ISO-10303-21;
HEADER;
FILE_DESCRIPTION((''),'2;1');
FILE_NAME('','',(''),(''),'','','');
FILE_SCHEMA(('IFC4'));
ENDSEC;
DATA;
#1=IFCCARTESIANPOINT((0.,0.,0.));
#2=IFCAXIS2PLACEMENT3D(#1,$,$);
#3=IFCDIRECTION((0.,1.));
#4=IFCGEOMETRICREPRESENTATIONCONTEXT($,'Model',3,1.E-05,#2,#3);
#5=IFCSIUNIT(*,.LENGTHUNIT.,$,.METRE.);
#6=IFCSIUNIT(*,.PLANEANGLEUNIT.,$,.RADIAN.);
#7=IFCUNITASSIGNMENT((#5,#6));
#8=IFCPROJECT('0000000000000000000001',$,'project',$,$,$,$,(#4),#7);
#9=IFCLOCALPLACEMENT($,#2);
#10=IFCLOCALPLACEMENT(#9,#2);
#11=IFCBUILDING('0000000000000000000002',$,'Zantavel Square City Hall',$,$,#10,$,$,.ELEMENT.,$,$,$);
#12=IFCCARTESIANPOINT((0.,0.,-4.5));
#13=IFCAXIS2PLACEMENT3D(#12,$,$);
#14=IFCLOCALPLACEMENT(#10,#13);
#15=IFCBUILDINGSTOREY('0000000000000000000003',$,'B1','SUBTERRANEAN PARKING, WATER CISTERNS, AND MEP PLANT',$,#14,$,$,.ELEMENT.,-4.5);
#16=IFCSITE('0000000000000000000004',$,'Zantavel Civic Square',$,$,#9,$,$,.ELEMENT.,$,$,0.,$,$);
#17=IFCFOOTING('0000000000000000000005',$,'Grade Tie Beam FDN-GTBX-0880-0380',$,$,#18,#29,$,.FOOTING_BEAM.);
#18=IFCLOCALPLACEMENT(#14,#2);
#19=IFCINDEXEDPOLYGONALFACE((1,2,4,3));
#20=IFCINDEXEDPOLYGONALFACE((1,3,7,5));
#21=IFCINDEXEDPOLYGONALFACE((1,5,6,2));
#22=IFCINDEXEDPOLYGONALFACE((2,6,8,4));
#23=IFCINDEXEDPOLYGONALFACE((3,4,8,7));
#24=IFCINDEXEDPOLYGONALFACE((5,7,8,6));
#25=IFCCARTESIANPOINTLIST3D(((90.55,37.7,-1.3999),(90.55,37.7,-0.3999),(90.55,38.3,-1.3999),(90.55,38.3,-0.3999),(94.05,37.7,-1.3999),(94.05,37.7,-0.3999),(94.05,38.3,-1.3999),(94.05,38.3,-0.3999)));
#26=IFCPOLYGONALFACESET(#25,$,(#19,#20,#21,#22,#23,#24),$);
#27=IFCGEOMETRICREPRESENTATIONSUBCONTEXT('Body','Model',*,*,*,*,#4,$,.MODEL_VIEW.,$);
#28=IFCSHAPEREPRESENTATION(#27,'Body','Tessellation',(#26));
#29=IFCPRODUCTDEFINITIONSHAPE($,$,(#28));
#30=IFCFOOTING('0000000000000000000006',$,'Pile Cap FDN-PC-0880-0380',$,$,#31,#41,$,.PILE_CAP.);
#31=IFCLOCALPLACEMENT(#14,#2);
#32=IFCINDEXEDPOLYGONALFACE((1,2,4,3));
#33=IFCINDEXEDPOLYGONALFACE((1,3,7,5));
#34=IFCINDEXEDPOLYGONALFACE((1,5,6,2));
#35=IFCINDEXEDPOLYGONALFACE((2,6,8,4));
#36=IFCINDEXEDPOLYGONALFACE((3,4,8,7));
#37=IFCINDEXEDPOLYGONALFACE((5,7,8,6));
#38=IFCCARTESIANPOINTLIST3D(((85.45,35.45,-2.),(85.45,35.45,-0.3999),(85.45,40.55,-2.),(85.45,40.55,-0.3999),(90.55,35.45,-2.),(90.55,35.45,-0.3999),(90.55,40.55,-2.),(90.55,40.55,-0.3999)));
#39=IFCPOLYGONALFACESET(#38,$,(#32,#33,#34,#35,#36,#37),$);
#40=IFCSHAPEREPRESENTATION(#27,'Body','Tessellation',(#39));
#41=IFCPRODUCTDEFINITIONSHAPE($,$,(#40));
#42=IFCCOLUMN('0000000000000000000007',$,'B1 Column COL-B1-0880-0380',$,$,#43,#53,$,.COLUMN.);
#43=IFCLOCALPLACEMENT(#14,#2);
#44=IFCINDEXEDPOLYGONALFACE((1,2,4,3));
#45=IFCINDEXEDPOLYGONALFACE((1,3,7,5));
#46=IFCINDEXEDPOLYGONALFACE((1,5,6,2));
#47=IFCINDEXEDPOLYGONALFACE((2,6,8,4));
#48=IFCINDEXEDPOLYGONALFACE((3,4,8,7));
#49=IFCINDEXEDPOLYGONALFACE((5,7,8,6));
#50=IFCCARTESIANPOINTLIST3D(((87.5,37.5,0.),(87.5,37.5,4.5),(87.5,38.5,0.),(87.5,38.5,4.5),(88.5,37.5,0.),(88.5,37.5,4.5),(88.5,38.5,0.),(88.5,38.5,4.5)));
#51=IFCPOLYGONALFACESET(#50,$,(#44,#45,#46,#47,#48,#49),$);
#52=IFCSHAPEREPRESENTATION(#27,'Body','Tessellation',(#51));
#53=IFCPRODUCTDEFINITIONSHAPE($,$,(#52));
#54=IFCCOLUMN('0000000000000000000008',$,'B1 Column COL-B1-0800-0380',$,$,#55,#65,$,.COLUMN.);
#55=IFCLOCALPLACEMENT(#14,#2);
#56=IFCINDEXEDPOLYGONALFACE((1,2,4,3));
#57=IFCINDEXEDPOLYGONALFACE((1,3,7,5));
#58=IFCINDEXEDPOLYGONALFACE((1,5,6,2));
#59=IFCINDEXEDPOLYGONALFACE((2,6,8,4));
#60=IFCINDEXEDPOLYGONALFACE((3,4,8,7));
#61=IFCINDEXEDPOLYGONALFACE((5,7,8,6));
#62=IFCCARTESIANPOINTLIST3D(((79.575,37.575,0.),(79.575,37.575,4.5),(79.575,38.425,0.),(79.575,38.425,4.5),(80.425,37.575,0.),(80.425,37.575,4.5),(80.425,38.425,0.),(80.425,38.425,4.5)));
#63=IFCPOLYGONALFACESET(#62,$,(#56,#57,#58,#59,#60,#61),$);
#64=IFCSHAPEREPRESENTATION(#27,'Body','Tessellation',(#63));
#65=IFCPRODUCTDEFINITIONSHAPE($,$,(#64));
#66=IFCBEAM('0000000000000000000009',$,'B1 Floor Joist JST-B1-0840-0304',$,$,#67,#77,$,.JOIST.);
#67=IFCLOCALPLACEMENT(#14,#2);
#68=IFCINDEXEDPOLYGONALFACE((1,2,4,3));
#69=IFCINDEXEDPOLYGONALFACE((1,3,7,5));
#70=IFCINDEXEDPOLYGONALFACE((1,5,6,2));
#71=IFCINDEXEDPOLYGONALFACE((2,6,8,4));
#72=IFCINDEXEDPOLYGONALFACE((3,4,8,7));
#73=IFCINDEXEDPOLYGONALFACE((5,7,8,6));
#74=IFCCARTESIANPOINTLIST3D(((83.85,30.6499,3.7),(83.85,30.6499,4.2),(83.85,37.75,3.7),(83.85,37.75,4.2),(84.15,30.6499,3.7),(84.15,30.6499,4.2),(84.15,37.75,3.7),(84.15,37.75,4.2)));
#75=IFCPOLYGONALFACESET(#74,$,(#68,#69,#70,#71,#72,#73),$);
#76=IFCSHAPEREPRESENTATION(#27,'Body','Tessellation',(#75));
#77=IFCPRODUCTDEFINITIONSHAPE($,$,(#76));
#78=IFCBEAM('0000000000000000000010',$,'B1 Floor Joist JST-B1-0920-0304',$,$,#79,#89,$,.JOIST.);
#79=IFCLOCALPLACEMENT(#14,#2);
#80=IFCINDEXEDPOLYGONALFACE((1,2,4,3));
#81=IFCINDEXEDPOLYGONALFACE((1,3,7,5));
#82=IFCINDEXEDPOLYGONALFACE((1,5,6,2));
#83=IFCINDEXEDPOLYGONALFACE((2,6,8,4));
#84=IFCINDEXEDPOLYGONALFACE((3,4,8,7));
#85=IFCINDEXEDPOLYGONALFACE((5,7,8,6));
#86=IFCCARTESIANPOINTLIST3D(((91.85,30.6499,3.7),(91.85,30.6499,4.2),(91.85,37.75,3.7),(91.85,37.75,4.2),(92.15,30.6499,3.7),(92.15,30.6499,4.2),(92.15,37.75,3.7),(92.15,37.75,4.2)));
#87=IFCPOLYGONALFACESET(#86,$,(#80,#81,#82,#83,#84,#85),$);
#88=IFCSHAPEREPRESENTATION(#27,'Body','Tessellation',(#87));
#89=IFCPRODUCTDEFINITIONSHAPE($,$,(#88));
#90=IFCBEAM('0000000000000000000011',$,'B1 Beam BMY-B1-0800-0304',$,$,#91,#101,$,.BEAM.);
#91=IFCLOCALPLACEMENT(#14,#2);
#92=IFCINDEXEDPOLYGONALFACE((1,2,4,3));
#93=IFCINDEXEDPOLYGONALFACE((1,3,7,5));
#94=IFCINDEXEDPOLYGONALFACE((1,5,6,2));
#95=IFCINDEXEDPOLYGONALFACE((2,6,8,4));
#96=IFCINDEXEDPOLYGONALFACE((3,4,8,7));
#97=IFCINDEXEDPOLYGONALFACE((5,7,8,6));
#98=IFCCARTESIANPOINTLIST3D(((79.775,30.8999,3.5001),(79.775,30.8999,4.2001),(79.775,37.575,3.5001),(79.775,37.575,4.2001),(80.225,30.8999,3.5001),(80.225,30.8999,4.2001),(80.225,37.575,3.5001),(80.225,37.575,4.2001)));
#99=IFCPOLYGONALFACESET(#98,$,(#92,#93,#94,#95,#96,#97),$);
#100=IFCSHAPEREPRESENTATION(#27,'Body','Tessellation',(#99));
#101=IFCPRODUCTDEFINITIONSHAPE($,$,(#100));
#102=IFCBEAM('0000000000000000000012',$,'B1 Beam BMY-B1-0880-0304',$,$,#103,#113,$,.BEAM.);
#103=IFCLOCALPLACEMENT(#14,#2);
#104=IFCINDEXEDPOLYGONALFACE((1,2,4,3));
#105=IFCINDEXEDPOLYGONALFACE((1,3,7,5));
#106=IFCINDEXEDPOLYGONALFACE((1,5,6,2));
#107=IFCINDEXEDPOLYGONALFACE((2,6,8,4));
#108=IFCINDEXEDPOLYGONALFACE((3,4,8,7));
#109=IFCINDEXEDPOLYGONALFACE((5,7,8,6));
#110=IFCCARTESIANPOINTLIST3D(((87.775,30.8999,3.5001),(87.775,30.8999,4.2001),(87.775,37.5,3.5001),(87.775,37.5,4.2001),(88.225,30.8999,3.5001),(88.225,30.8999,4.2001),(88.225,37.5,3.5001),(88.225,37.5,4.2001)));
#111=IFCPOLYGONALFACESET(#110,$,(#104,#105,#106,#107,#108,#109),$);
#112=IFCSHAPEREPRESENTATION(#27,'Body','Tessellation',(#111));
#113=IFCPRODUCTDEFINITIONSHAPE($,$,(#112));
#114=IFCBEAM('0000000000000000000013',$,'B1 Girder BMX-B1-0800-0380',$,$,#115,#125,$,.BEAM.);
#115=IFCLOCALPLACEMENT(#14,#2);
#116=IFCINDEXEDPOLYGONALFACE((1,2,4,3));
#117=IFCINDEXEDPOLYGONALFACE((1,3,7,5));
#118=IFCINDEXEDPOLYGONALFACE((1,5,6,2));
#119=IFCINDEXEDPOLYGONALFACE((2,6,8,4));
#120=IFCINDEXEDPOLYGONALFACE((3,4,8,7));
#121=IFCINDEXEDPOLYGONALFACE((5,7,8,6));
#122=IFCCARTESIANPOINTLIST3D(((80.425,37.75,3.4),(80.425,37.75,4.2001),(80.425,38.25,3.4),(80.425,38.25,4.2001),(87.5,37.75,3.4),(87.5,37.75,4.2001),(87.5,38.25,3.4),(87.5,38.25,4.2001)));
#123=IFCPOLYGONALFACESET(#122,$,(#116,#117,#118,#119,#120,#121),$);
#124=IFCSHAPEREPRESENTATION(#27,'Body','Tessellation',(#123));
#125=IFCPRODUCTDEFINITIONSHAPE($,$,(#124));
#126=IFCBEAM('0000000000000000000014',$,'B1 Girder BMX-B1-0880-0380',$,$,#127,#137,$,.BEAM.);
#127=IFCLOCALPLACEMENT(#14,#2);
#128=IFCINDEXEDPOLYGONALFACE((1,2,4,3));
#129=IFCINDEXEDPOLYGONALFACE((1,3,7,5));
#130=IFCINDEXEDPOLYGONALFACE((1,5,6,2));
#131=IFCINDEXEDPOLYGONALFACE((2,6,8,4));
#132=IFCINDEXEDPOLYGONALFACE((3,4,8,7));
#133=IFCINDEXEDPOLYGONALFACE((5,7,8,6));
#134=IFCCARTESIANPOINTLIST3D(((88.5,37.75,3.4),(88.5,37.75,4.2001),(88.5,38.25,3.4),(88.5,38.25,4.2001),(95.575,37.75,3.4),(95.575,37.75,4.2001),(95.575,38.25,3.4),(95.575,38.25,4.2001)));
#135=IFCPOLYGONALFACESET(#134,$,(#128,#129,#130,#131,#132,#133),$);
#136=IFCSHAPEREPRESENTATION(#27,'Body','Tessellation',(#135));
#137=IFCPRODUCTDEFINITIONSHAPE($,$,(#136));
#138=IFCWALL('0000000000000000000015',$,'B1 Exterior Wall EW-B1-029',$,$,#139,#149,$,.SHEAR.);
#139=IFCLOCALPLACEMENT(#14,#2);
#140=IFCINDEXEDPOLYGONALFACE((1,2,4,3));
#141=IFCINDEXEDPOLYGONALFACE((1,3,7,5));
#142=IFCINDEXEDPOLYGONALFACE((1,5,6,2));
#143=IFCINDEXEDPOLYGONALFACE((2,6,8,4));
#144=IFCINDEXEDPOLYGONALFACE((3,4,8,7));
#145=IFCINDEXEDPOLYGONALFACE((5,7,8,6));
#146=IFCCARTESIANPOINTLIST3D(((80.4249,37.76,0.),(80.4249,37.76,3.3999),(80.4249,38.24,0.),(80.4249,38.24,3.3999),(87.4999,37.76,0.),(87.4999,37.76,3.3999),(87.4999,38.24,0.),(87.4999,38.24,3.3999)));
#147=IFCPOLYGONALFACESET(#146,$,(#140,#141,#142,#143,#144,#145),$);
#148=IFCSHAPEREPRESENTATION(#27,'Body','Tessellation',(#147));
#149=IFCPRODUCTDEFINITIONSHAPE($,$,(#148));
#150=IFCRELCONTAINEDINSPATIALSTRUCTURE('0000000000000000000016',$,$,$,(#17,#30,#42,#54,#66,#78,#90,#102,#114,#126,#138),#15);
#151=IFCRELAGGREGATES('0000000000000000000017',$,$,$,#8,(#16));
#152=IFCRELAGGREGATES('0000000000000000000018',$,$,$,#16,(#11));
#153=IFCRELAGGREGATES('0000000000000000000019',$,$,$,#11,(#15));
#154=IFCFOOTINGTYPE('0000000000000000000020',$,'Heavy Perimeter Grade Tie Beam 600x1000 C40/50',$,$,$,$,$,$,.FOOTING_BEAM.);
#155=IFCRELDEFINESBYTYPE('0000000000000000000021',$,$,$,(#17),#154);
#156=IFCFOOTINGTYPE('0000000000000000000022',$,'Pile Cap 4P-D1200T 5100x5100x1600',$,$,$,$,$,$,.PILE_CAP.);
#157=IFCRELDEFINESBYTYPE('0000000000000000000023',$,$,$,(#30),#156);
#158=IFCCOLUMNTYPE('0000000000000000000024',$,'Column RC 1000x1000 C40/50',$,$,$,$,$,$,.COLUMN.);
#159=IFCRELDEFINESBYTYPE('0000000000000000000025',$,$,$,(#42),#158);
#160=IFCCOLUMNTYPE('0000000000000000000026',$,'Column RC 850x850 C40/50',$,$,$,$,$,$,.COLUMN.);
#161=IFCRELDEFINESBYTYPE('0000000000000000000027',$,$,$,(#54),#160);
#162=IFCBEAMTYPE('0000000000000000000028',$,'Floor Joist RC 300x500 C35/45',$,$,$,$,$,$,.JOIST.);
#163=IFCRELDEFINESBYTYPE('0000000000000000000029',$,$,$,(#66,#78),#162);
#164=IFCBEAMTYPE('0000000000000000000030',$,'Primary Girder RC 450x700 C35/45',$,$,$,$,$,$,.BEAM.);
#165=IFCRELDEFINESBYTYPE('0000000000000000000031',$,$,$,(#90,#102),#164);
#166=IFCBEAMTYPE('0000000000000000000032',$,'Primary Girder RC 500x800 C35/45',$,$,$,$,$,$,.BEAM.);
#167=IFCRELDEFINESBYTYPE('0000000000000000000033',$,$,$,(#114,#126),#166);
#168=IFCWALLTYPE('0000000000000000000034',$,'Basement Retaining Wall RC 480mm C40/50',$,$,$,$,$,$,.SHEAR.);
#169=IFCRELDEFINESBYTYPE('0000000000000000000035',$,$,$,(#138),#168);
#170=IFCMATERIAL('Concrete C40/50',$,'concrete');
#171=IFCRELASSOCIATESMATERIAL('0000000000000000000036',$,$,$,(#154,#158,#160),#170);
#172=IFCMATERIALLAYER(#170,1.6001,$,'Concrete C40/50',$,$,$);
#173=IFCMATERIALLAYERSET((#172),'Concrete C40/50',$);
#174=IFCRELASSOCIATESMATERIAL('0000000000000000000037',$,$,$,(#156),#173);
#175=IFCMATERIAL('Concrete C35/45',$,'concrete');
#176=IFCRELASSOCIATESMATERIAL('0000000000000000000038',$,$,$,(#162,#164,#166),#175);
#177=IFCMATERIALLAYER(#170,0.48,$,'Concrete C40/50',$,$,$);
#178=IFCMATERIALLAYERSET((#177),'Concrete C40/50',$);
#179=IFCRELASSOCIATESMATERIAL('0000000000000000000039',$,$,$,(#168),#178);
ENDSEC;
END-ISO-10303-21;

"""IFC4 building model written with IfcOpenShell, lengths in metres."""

from ifc_helpers import new_model, si_unit, direction, frame, frame_2d, origin, origin_2d, place, context, subcontext, project, spatial, rectangle, extrude, material, layer, layer_set, material_profile, profile_set, type_object, element, save


model = new_model("IFC4")

# Units and contexts
model_context = context("Model", 3, precision=1e-05, world=origin(), true_north=direction((0.0, 1.0)))
body_context = subcontext(model_context, "Body", "Model", "MODEL_VIEW")
ifc_project = project(units=[si_unit("LENGTHUNIT", "METRE"), si_unit("PLANEANGLEUNIT", "RADIAN")], contexts=[model_context])

# Site, building, storey
site_placement = place(None, origin())
site = spatial("IfcSite", under=ifc_project, at=site_placement, Name="Zantavel Civic Square", CompositionType="ELEMENT", RefElevation=0.0)
building_placement = place(site_placement, origin())
building = spatial("IfcBuilding", under=site, at=building_placement, Name="Zantavel Square City Hall", CompositionType="ELEMENT")
storey_placement = place(building_placement, frame((0.0, 0.0, -4.5)))
storey = spatial("IfcBuildingStorey", under=building, at=storey_placement, Name="B1", Description="SUBTERRANEAN PARKING, WATER CISTERNS, AND MEP PLANT", CompositionType="ELEMENT", Elevation=-4.5)

# Shared definitions
ifc_material_1 = material(Name="Concrete C35/45", Category="concrete")

# Footings
ifc_material_2 = material(Name="Concrete C40/50", Category="concrete")
ifc_material_profile_1 = material_profile(ifc_material_2, rectangle(XDim=0.6001, YDim=1.0, at=origin_2d()), Name="RC 600x1000")
ifc_profile_set_1 = profile_set([ifc_material_profile_1], Name="Concrete C40/50")
footing_type_1 = type_object("IfcFootingType", Name="Heavy Perimeter Grade Tie Beam 600x1000 C40/50", PredefinedType="FOOTING_BEAM", material=ifc_profile_set_1)
for number, where, z_axis, x_axis, name in (
    (1, (90.55, 38.0, -0.8999), (1.0, 0.0, 0.0), (0.0, 1.0, 0.0), "Grade Tie Beam FDN-GTBX-0880-0380"),
):
    element("IfcFooting", number, at=place(storey_placement, frame(where, z_axis=z_axis, x_axis=x_axis)), inside=storey, type_object=footing_type_1, Name=name, PredefinedType="FOOTING_BEAM", context=body_context, shape_type="SweptSolid", body=[
        extrude(rectangle(XDim=0.6001, YDim=1.0, at=origin_2d()), origin(), (0.0, 0.0, 1.0), 3.5),
    ])
ifc_layer_1 = layer(ifc_material_2, 1.6001, Name="Concrete C40/50")
ifc_layer_set_1 = layer_set([ifc_layer_1], Name="Concrete C40/50")
footing_type_2 = type_object("IfcFootingType", Name="Pile Cap 4P-D1200T 5100x5100x1600", PredefinedType="PILE_CAP", material=ifc_layer_set_1)
footing_1_placement = place(storey_placement, frame((88.0, 38.0, -2.0), z_axis=(0.0, 0.0, 1.0), x_axis=(1.0, 0.0, 0.0)))
element("IfcFooting", 2, at=footing_1_placement, inside=storey, type_object=footing_type_2, Name="Pile Cap FDN-PC-0880-0380", PredefinedType="PILE_CAP", context=body_context, shape_type="SweptSolid", body=[
    extrude(rectangle(XDim=5.1001, YDim=5.1001, at=origin_2d()), origin(), (0.0, 0.0, 1.0), 1.6001),
])

# Columns
ifc_material_profile_2 = material_profile(ifc_material_2, rectangle(XDim=1.0, YDim=1.0, at=origin_2d()), Name="RC 1000x1000")
ifc_profile_set_2 = profile_set([ifc_material_profile_2], Name="Concrete C40/50")
column_type_1 = type_object("IfcColumnType", Name="Column RC 1000x1000 C40/50", PredefinedType="COLUMN", material=ifc_profile_set_2)
column_1_placement = place(storey_placement, frame((88.0, 38.0, 0.0), z_axis=(0.0, 0.0, 1.0), x_axis=(1.0, 0.0, 0.0)))
element("IfcColumn", 3, at=column_1_placement, inside=storey, type_object=column_type_1, Name="B1 Column COL-B1-0880-0380", PredefinedType="COLUMN", context=body_context, shape_type="SweptSolid", body=[
    extrude(rectangle(XDim=1.0, YDim=1.0, at=origin_2d()), origin(), (0.0, 0.0, 1.0), 4.5),
])
ifc_material_profile_3 = material_profile(ifc_material_2, rectangle(XDim=0.8501, YDim=0.8501, at=origin_2d()), Name="RC 850x850")
ifc_profile_set_3 = profile_set([ifc_material_profile_3], Name="Concrete C40/50")
column_type_2 = type_object("IfcColumnType", Name="Column RC 850x850 C40/50", PredefinedType="COLUMN", material=ifc_profile_set_3)
column_2_placement = place(storey_placement, frame((80.0, 38.0, 0.0), z_axis=(0.0, 0.0, 1.0), x_axis=(1.0, 0.0, 0.0)))
element("IfcColumn", 4, at=column_2_placement, inside=storey, type_object=column_type_2, Name="B1 Column COL-B1-0800-0380", PredefinedType="COLUMN", context=body_context, shape_type="SweptSolid", body=[
    extrude(rectangle(XDim=0.8501, YDim=0.8501, at=origin_2d()), origin(), (0.0, 0.0, 1.0), 4.5),
])

# Beams
ifc_material_profile_4 = material_profile(ifc_material_1, rectangle(XDim=0.3, YDim=0.5, at=origin_2d()), Name="RC 300x500")
ifc_profile_set_4 = profile_set([ifc_material_profile_4], Name="Concrete C35/45")
beam_type_1 = type_object("IfcBeamType", Name="Floor Joist RC 300x500 C35/45", PredefinedType="JOIST", material=ifc_profile_set_4)
for number, where, z_axis, x_axis, name in (
    (5, (84.0, 30.6499, 3.95), (0.0, 1.0, 0.0), (-1.0, 0.0, 0.0), "B1 Floor Joist JST-B1-0840-0304"),
    (6, (92.0, 30.6499, 3.95), (0.0, 1.0, 0.0), (-1.0, 0.0, 0.0), "B1 Floor Joist JST-B1-0920-0304"),
):
    element("IfcBeam", number, at=place(storey_placement, frame(where, z_axis=z_axis, x_axis=x_axis)), inside=storey, type_object=beam_type_1, Name=name, PredefinedType="JOIST", context=body_context, shape_type="SweptSolid", body=[
        extrude(rectangle(XDim=0.3, YDim=0.5, at=origin_2d()), origin(), (0.0, 0.0, 1.0), 7.1001),
    ])
ifc_material_profile_5 = material_profile(ifc_material_1, rectangle(XDim=0.45, YDim=0.7, at=origin_2d()), Name="RC 450x700")
ifc_profile_set_5 = profile_set([ifc_material_profile_5], Name="Concrete C35/45")
beam_type_2 = type_object("IfcBeamType", Name="Primary Girder RC 450x700 C35/45", PredefinedType="BEAM", material=ifc_profile_set_5)
beam_1_placement = place(storey_placement, frame((80.0, 30.8999, 3.8501), z_axis=(0.0, 1.0, 0.0), x_axis=(-1.0, 0.0, 0.0)))
element("IfcBeam", 7, at=beam_1_placement, inside=storey, type_object=beam_type_2, Name="B1 Beam BMY-B1-0800-0304", PredefinedType="BEAM", context=body_context, shape_type="SweptSolid", body=[
    extrude(rectangle(XDim=0.45, YDim=0.7, at=origin_2d()), origin(), (0.0, 0.0, 1.0), 6.675),
])
beam_2_placement = place(storey_placement, frame((88.0, 30.8999, 3.8501), z_axis=(0.0, 1.0, 0.0), x_axis=(-1.0, 0.0, 0.0)))
element("IfcBeam", 8, at=beam_2_placement, inside=storey, type_object=beam_type_2, Name="B1 Beam BMY-B1-0880-0304", PredefinedType="BEAM", context=body_context, shape_type="SweptSolid", body=[
    extrude(rectangle(XDim=0.45, YDim=0.7, at=origin_2d()), origin(), (0.0, 0.0, 1.0), 6.6001),
])
ifc_material_profile_6 = material_profile(ifc_material_1, rectangle(XDim=0.5, YDim=0.8, at=origin_2d()), Name="RC 500x800")
ifc_profile_set_6 = profile_set([ifc_material_profile_6], Name="Concrete C35/45")
beam_type_3 = type_object("IfcBeamType", Name="Primary Girder RC 500x800 C35/45", PredefinedType="BEAM", material=ifc_profile_set_6)
for number, where, z_axis, x_axis, name in (
    (9, (80.425, 38.0, 3.8), (1.0, 0.0, 0.0), (0.0, 1.0, 0.0), "B1 Girder BMX-B1-0800-0380"),
    (10, (88.5, 38.0, 3.8), (1.0, 0.0, 0.0), (0.0, 1.0, 0.0), "B1 Girder BMX-B1-0880-0380"),
):
    element("IfcBeam", number, at=place(storey_placement, frame(where, z_axis=z_axis, x_axis=x_axis)), inside=storey, type_object=beam_type_3, Name=name, PredefinedType="BEAM", context=body_context, shape_type="SweptSolid", body=[
        extrude(rectangle(XDim=0.5, YDim=0.8, at=origin_2d()), origin(), (0.0, 0.0, 1.0), 7.075),
    ])

# Wall
ifc_layer_2 = layer(ifc_material_2, 0.48, Name="Concrete C40/50")
ifc_layer_set_2 = layer_set([ifc_layer_2], Name="Concrete C40/50")
wall_type = type_object("IfcWallType", Name="Basement Retaining Wall RC 480mm C40/50", PredefinedType="SHEAR", material=ifc_layer_set_2)
wall_placement = place(storey_placement, frame((87.5, 38.0, 0.0), z_axis=(0.0, 0.0, 1.0), x_axis=(-1.0, 0.0, 0.0)))
element("IfcWall", 11, at=wall_placement, inside=storey, type_object=wall_type, Name="B1 Exterior Wall EW-B1-029", PredefinedType="SHEAR", context=body_context, shape_type="SweptSolid", body=[
    extrude(rectangle(XDim=7.075, YDim=0.48, at=frame_2d((3.5376, 0.0))), origin(), (0.0, 0.0, 1.0), 3.3999),
])

save(model, "model.ifc")
